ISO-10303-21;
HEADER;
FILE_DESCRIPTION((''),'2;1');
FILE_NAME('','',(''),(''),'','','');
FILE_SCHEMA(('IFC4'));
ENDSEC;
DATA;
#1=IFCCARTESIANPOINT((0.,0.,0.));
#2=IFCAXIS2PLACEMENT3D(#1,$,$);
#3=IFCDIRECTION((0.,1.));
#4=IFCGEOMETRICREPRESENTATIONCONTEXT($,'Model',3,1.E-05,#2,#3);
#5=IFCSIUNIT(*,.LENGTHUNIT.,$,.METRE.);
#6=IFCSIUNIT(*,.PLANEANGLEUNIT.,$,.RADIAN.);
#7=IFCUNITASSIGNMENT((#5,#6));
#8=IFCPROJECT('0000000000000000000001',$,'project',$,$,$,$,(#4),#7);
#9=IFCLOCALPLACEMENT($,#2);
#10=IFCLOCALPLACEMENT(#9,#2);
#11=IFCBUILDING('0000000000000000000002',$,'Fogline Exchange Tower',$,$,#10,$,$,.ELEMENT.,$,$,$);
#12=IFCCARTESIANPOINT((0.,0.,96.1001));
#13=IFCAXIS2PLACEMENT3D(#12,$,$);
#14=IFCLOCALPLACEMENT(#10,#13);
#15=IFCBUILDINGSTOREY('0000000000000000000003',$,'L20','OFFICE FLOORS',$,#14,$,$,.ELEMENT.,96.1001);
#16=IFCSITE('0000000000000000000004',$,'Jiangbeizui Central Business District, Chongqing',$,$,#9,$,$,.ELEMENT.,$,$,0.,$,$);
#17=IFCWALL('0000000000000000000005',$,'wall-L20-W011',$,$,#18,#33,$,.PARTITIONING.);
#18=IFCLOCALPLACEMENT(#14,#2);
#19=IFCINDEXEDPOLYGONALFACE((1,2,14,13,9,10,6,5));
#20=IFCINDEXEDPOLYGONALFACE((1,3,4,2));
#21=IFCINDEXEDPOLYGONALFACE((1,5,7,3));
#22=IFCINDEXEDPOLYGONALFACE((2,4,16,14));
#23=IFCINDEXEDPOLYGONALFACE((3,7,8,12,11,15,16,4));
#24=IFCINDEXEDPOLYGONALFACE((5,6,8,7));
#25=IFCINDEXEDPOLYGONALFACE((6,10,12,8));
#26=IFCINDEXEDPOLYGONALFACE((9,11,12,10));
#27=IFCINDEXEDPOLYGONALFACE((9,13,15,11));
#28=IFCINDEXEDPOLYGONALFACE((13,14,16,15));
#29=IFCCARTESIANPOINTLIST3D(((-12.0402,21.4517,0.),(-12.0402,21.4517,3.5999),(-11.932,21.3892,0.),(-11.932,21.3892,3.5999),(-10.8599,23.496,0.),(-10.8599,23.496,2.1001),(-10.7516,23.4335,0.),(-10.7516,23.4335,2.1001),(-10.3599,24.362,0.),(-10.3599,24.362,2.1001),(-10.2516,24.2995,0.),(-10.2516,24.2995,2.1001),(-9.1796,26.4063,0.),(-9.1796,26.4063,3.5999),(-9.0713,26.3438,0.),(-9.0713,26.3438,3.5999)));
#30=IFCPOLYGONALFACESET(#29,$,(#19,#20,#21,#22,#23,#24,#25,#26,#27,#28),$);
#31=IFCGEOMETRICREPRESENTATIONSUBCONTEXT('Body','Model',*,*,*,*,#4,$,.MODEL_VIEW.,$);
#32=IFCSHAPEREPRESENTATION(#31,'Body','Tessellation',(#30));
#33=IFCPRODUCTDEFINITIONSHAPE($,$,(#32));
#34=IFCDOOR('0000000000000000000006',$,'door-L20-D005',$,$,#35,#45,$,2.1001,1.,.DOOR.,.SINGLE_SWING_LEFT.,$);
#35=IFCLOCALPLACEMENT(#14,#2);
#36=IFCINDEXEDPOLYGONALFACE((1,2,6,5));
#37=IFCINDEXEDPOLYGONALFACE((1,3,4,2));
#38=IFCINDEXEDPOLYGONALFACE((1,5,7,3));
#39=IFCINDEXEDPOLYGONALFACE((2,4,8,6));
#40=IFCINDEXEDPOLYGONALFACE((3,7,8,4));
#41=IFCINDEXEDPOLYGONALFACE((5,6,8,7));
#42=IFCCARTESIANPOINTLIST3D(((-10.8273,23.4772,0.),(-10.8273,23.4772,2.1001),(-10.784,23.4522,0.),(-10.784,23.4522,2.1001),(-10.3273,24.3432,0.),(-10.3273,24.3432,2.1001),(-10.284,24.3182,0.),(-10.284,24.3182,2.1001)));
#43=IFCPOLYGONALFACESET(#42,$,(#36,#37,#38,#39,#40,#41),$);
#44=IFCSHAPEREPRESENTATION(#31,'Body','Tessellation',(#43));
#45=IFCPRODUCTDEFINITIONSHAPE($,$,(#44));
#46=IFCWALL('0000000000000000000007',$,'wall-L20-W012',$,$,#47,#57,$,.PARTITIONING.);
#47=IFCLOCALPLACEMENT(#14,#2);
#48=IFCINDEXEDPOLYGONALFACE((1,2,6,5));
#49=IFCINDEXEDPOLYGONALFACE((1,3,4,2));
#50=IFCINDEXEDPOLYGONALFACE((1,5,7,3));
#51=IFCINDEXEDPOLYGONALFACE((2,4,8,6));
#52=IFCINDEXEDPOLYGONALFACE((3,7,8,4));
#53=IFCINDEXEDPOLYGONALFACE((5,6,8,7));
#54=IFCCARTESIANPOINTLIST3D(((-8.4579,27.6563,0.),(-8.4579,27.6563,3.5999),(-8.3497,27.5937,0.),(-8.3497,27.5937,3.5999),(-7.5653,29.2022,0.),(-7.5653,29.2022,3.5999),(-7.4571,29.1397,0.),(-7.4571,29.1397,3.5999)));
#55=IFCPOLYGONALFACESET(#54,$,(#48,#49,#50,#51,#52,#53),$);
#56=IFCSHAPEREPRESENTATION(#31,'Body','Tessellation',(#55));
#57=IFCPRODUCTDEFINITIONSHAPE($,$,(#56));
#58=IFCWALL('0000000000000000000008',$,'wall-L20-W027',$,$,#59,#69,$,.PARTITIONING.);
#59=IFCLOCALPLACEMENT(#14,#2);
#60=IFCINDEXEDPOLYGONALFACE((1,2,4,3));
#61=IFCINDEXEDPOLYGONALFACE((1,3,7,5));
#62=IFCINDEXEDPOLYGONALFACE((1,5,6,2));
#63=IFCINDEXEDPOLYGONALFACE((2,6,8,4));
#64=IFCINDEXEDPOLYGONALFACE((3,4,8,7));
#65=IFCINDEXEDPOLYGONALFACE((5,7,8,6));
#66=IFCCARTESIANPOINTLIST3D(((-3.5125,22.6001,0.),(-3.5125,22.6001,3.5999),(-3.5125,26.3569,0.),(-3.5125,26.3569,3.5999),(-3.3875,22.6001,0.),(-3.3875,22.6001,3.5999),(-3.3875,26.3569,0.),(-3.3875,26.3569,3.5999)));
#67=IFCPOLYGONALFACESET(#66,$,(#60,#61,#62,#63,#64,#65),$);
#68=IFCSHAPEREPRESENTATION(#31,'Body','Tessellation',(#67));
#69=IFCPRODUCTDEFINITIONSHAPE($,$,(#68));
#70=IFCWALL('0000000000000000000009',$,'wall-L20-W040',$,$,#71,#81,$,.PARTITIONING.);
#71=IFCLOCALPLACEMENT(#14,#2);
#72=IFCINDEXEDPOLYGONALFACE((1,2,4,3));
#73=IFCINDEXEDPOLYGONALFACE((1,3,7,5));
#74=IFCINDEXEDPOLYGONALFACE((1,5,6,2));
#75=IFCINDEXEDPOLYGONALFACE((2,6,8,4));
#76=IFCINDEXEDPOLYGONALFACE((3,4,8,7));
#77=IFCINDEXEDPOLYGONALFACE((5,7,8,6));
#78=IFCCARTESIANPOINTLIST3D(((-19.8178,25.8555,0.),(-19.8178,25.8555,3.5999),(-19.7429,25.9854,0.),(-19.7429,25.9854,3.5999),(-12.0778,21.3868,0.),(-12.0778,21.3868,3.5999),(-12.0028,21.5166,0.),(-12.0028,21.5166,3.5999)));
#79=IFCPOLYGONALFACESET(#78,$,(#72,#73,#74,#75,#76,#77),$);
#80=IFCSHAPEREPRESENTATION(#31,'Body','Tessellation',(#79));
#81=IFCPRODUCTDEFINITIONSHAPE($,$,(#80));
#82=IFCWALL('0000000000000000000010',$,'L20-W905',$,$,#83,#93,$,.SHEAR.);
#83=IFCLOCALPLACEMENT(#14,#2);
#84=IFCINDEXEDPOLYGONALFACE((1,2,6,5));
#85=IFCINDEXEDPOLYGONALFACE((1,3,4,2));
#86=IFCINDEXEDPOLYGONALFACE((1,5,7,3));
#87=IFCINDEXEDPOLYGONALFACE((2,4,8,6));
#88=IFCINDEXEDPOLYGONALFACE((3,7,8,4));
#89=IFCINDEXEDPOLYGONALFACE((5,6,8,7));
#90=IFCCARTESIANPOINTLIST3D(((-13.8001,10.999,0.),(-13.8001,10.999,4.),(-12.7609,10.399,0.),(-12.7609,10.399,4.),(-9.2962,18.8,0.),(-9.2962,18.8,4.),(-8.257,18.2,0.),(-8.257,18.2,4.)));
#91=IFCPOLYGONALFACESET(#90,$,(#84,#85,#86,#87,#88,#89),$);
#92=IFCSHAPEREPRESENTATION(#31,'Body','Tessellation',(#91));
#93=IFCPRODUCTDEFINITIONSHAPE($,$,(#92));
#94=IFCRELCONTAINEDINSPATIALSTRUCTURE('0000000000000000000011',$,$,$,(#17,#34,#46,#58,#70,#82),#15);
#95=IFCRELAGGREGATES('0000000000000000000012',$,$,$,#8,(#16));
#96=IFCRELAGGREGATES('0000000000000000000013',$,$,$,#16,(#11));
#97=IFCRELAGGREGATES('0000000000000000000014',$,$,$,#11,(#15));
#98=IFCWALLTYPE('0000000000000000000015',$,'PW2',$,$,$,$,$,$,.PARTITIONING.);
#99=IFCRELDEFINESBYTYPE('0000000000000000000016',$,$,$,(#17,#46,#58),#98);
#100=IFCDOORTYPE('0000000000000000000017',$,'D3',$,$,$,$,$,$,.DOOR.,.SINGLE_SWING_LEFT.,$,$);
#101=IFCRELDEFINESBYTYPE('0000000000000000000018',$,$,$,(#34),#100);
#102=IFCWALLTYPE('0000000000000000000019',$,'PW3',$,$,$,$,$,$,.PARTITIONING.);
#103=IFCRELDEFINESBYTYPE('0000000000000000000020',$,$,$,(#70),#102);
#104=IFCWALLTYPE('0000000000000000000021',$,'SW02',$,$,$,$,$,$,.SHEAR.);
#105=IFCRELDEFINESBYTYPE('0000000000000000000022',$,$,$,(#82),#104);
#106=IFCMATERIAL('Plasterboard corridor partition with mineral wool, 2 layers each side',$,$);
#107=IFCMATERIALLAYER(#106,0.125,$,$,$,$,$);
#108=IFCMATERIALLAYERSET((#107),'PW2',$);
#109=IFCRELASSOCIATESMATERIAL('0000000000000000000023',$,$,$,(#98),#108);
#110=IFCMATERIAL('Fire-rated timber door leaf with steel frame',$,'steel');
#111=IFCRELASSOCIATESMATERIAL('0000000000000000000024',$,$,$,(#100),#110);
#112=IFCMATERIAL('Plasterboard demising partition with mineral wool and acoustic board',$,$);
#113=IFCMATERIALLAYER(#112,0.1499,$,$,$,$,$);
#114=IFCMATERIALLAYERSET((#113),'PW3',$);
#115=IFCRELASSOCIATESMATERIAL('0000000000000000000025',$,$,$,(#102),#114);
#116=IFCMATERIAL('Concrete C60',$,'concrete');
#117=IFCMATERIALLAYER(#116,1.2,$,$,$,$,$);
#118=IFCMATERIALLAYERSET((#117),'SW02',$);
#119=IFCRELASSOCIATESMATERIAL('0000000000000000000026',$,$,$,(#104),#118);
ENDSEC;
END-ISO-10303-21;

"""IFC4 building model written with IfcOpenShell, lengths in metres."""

from ifc_helpers import new_model, si_unit, direction, frame, frame_2d, origin, place, context, subcontext, project, spatial, rectangle, extrude, material, layer, layer_set, type_object, element, fill, save


model = new_model("IFC4")

# Units and contexts
model_context = context("Model", 3, precision=1e-05, world=origin(), true_north=direction((0.0, 1.0)))
body_context = subcontext(model_context, "Body", "Model", "MODEL_VIEW")
ifc_project = project(units=[si_unit("LENGTHUNIT", "METRE"), si_unit("PLANEANGLEUNIT", "RADIAN")], contexts=[model_context])

# Site, building, storey
site_placement = place(None, origin())
site = spatial("IfcSite", under=ifc_project, at=site_placement, Name="Jiangbeizui Central Business District, Chongqing", CompositionType="ELEMENT", RefElevation=0.0)
building_placement = place(site_placement, origin())
building = spatial("IfcBuilding", under=site, at=building_placement, Name="Fogline Exchange Tower", CompositionType="ELEMENT")
storey_placement = place(building_placement, frame((0.0, 0.0, 96.1001)))
storey = spatial("IfcBuildingStorey", under=building, at=storey_placement, Name="L20", Description="OFFICE FLOORS", CompositionType="ELEMENT", Elevation=96.1001)

# Shared definitions
ifc_material_1 = material(Name="Plasterboard corridor partition with mineral wool, 2 layers each side")
ifc_layer_1 = layer(ifc_material_1, 0.125)
ifc_layer_set_1 = layer_set([ifc_layer_1], Name="PW2")
wall_type_1 = type_object("IfcWallType", Name="PW2", PredefinedType="PARTITIONING", material=ifc_layer_set_1)

# Wall, opening, door
wall_1_placement = place(storey_placement, frame((-11.9861, 21.4204, 0.0), z_axis=(0.0, 0.0, 1.0), x_axis=(0.500008, 0.866021, 0.0)))
wall_1 = element("IfcWall", 1, at=wall_1_placement, inside=storey, type_object=wall_type_1, Name="wall-L20-W011", PredefinedType="PARTITIONING", context=body_context, shape_type="SweptSolid", body=[
    extrude(rectangle(XDim=5.7212, YDim=0.125, at=frame_2d((2.8606, 0.0))), origin(), (0.0, 0.0, 1.0), 3.5999),
])
opening_1_placement = place(wall_1_placement, frame((2.3606, 0.0, 0.0)))
opening_1 = element("IfcOpeningElement", 2, at=opening_1_placement, cuts=wall_1, PredefinedType="OPENING", context=body_context, shape_type="SweptSolid", body=[
    extrude(rectangle(XDim=1.0, YDim=2.1001, at=frame_2d((0.5, 1.05))), frame((0.0, 0.0725, 0.0), z_axis=(0.0, -1.0, 0.0), x_axis=(1.0, 0.0, 0.0)), (0.0, 0.0, 1.0), 0.145),
])
ifc_material_2 = material(Name="Fire-rated timber door leaf with steel frame", Category="steel")
door_type_1 = type_object("IfcDoorType", Name="D3", OperationType="SINGLE_SWING_LEFT", PredefinedType="DOOR", material=ifc_material_2)
door_1_placement = place(opening_1_placement, origin())
door_1 = element("IfcDoor", 3, at=door_1_placement, inside=storey, type_object=door_type_1, Name="door-L20-D005", OperationType="SINGLE_SWING_LEFT", OverallHeight=2.1001, OverallWidth=1.0, PredefinedType="DOOR", context=body_context, shape_type="SweptSolid", body=[
    extrude(rectangle(XDim=1.0, YDim=2.1001, at=frame_2d((0.5, 1.05))), frame((0.0, 0.0249, 0.0), z_axis=(0.0, -1.0, 0.0), x_axis=(1.0, 0.0, 0.0)), (0.0, 0.0, 1.0), 0.05),
])
fill(opening_1, door_1)

# Walls
wall_2_placement = place(storey_placement, frame((-8.4038, 27.625, 0.0), z_axis=(0.0, 0.0, 1.0), x_axis=(0.500022, 0.866012, 0.0)))
element("IfcWall", 4, at=wall_2_placement, inside=storey, type_object=wall_type_1, Name="wall-L20-W012", PredefinedType="PARTITIONING", context=body_context, shape_type="SweptSolid", body=[
    extrude(rectangle(XDim=1.7852, YDim=0.125, at=frame_2d((0.8926, 0.0))), origin(), (0.0, 0.0, 1.0), 3.5999),
])
wall_3_placement = place(storey_placement, frame((-3.45, 26.3569, 0.0), z_axis=(0.0, 0.0, 1.0), x_axis=(0.0, -1.0, 0.0)))
element("IfcWall", 5, at=wall_3_placement, inside=storey, type_object=wall_type_1, Name="wall-L20-W027", PredefinedType="PARTITIONING", context=body_context, shape_type="SweptSolid", body=[
    extrude(rectangle(XDim=3.7568, YDim=0.125, at=frame_2d((1.8784, 0.0))), origin(), (0.0, 0.0, 1.0), 3.5999),
])
ifc_material_3 = material(Name="Plasterboard demising partition with mineral wool and acoustic board")
ifc_layer_2 = layer(ifc_material_3, 0.1499)
ifc_layer_set_2 = layer_set([ifc_layer_2], Name="PW3")
wall_type_2 = type_object("IfcWallType", Name="PW3", PredefinedType="PARTITIONING", material=ifc_layer_set_2)
wall_4_placement = place(storey_placement, frame((-12.0403, 21.4517, 0.0), z_axis=(0.0, 0.0, 1.0), x_axis=(-0.866022, 0.500005, 0.0)))
element("IfcWall", 6, at=wall_4_placement, inside=storey, type_object=wall_type_2, Name="wall-L20-W040", PredefinedType="PARTITIONING", context=body_context, shape_type="SweptSolid", body=[
    extrude(rectangle(XDim=8.9375, YDim=0.1499, at=frame_2d((4.4688, 0.0))), origin(), (0.0, 0.0, 1.0), 3.5999),
])
ifc_material_4 = material(Name="Concrete C60", Category="concrete")
ifc_layer_3 = layer(ifc_material_4, 1.2)
ifc_layer_set_3 = layer_set([ifc_layer_3], Name="SW02")
wall_type_3 = type_object("IfcWallType", Name="SW02", PredefinedType="SHEAR", material=ifc_layer_set_3)
wall_5_placement = place(storey_placement, frame((-8.7766, 18.5, 0.0), z_axis=(0.0, 0.0, 1.0), x_axis=(-0.499999, -0.866026, 0.0)))
element("IfcWall", 7, at=wall_5_placement, inside=storey, type_object=wall_type_3, Name="L20-W905", PredefinedType="SHEAR", context=body_context, shape_type="SweptSolid", body=[
    extrude(rectangle(XDim=9.0078, YDim=1.2, at=frame_2d((4.5039, 0.0))), origin(), (0.0, 0.0, 1.0), 4.0),
])

save(model, "model.ifc")
